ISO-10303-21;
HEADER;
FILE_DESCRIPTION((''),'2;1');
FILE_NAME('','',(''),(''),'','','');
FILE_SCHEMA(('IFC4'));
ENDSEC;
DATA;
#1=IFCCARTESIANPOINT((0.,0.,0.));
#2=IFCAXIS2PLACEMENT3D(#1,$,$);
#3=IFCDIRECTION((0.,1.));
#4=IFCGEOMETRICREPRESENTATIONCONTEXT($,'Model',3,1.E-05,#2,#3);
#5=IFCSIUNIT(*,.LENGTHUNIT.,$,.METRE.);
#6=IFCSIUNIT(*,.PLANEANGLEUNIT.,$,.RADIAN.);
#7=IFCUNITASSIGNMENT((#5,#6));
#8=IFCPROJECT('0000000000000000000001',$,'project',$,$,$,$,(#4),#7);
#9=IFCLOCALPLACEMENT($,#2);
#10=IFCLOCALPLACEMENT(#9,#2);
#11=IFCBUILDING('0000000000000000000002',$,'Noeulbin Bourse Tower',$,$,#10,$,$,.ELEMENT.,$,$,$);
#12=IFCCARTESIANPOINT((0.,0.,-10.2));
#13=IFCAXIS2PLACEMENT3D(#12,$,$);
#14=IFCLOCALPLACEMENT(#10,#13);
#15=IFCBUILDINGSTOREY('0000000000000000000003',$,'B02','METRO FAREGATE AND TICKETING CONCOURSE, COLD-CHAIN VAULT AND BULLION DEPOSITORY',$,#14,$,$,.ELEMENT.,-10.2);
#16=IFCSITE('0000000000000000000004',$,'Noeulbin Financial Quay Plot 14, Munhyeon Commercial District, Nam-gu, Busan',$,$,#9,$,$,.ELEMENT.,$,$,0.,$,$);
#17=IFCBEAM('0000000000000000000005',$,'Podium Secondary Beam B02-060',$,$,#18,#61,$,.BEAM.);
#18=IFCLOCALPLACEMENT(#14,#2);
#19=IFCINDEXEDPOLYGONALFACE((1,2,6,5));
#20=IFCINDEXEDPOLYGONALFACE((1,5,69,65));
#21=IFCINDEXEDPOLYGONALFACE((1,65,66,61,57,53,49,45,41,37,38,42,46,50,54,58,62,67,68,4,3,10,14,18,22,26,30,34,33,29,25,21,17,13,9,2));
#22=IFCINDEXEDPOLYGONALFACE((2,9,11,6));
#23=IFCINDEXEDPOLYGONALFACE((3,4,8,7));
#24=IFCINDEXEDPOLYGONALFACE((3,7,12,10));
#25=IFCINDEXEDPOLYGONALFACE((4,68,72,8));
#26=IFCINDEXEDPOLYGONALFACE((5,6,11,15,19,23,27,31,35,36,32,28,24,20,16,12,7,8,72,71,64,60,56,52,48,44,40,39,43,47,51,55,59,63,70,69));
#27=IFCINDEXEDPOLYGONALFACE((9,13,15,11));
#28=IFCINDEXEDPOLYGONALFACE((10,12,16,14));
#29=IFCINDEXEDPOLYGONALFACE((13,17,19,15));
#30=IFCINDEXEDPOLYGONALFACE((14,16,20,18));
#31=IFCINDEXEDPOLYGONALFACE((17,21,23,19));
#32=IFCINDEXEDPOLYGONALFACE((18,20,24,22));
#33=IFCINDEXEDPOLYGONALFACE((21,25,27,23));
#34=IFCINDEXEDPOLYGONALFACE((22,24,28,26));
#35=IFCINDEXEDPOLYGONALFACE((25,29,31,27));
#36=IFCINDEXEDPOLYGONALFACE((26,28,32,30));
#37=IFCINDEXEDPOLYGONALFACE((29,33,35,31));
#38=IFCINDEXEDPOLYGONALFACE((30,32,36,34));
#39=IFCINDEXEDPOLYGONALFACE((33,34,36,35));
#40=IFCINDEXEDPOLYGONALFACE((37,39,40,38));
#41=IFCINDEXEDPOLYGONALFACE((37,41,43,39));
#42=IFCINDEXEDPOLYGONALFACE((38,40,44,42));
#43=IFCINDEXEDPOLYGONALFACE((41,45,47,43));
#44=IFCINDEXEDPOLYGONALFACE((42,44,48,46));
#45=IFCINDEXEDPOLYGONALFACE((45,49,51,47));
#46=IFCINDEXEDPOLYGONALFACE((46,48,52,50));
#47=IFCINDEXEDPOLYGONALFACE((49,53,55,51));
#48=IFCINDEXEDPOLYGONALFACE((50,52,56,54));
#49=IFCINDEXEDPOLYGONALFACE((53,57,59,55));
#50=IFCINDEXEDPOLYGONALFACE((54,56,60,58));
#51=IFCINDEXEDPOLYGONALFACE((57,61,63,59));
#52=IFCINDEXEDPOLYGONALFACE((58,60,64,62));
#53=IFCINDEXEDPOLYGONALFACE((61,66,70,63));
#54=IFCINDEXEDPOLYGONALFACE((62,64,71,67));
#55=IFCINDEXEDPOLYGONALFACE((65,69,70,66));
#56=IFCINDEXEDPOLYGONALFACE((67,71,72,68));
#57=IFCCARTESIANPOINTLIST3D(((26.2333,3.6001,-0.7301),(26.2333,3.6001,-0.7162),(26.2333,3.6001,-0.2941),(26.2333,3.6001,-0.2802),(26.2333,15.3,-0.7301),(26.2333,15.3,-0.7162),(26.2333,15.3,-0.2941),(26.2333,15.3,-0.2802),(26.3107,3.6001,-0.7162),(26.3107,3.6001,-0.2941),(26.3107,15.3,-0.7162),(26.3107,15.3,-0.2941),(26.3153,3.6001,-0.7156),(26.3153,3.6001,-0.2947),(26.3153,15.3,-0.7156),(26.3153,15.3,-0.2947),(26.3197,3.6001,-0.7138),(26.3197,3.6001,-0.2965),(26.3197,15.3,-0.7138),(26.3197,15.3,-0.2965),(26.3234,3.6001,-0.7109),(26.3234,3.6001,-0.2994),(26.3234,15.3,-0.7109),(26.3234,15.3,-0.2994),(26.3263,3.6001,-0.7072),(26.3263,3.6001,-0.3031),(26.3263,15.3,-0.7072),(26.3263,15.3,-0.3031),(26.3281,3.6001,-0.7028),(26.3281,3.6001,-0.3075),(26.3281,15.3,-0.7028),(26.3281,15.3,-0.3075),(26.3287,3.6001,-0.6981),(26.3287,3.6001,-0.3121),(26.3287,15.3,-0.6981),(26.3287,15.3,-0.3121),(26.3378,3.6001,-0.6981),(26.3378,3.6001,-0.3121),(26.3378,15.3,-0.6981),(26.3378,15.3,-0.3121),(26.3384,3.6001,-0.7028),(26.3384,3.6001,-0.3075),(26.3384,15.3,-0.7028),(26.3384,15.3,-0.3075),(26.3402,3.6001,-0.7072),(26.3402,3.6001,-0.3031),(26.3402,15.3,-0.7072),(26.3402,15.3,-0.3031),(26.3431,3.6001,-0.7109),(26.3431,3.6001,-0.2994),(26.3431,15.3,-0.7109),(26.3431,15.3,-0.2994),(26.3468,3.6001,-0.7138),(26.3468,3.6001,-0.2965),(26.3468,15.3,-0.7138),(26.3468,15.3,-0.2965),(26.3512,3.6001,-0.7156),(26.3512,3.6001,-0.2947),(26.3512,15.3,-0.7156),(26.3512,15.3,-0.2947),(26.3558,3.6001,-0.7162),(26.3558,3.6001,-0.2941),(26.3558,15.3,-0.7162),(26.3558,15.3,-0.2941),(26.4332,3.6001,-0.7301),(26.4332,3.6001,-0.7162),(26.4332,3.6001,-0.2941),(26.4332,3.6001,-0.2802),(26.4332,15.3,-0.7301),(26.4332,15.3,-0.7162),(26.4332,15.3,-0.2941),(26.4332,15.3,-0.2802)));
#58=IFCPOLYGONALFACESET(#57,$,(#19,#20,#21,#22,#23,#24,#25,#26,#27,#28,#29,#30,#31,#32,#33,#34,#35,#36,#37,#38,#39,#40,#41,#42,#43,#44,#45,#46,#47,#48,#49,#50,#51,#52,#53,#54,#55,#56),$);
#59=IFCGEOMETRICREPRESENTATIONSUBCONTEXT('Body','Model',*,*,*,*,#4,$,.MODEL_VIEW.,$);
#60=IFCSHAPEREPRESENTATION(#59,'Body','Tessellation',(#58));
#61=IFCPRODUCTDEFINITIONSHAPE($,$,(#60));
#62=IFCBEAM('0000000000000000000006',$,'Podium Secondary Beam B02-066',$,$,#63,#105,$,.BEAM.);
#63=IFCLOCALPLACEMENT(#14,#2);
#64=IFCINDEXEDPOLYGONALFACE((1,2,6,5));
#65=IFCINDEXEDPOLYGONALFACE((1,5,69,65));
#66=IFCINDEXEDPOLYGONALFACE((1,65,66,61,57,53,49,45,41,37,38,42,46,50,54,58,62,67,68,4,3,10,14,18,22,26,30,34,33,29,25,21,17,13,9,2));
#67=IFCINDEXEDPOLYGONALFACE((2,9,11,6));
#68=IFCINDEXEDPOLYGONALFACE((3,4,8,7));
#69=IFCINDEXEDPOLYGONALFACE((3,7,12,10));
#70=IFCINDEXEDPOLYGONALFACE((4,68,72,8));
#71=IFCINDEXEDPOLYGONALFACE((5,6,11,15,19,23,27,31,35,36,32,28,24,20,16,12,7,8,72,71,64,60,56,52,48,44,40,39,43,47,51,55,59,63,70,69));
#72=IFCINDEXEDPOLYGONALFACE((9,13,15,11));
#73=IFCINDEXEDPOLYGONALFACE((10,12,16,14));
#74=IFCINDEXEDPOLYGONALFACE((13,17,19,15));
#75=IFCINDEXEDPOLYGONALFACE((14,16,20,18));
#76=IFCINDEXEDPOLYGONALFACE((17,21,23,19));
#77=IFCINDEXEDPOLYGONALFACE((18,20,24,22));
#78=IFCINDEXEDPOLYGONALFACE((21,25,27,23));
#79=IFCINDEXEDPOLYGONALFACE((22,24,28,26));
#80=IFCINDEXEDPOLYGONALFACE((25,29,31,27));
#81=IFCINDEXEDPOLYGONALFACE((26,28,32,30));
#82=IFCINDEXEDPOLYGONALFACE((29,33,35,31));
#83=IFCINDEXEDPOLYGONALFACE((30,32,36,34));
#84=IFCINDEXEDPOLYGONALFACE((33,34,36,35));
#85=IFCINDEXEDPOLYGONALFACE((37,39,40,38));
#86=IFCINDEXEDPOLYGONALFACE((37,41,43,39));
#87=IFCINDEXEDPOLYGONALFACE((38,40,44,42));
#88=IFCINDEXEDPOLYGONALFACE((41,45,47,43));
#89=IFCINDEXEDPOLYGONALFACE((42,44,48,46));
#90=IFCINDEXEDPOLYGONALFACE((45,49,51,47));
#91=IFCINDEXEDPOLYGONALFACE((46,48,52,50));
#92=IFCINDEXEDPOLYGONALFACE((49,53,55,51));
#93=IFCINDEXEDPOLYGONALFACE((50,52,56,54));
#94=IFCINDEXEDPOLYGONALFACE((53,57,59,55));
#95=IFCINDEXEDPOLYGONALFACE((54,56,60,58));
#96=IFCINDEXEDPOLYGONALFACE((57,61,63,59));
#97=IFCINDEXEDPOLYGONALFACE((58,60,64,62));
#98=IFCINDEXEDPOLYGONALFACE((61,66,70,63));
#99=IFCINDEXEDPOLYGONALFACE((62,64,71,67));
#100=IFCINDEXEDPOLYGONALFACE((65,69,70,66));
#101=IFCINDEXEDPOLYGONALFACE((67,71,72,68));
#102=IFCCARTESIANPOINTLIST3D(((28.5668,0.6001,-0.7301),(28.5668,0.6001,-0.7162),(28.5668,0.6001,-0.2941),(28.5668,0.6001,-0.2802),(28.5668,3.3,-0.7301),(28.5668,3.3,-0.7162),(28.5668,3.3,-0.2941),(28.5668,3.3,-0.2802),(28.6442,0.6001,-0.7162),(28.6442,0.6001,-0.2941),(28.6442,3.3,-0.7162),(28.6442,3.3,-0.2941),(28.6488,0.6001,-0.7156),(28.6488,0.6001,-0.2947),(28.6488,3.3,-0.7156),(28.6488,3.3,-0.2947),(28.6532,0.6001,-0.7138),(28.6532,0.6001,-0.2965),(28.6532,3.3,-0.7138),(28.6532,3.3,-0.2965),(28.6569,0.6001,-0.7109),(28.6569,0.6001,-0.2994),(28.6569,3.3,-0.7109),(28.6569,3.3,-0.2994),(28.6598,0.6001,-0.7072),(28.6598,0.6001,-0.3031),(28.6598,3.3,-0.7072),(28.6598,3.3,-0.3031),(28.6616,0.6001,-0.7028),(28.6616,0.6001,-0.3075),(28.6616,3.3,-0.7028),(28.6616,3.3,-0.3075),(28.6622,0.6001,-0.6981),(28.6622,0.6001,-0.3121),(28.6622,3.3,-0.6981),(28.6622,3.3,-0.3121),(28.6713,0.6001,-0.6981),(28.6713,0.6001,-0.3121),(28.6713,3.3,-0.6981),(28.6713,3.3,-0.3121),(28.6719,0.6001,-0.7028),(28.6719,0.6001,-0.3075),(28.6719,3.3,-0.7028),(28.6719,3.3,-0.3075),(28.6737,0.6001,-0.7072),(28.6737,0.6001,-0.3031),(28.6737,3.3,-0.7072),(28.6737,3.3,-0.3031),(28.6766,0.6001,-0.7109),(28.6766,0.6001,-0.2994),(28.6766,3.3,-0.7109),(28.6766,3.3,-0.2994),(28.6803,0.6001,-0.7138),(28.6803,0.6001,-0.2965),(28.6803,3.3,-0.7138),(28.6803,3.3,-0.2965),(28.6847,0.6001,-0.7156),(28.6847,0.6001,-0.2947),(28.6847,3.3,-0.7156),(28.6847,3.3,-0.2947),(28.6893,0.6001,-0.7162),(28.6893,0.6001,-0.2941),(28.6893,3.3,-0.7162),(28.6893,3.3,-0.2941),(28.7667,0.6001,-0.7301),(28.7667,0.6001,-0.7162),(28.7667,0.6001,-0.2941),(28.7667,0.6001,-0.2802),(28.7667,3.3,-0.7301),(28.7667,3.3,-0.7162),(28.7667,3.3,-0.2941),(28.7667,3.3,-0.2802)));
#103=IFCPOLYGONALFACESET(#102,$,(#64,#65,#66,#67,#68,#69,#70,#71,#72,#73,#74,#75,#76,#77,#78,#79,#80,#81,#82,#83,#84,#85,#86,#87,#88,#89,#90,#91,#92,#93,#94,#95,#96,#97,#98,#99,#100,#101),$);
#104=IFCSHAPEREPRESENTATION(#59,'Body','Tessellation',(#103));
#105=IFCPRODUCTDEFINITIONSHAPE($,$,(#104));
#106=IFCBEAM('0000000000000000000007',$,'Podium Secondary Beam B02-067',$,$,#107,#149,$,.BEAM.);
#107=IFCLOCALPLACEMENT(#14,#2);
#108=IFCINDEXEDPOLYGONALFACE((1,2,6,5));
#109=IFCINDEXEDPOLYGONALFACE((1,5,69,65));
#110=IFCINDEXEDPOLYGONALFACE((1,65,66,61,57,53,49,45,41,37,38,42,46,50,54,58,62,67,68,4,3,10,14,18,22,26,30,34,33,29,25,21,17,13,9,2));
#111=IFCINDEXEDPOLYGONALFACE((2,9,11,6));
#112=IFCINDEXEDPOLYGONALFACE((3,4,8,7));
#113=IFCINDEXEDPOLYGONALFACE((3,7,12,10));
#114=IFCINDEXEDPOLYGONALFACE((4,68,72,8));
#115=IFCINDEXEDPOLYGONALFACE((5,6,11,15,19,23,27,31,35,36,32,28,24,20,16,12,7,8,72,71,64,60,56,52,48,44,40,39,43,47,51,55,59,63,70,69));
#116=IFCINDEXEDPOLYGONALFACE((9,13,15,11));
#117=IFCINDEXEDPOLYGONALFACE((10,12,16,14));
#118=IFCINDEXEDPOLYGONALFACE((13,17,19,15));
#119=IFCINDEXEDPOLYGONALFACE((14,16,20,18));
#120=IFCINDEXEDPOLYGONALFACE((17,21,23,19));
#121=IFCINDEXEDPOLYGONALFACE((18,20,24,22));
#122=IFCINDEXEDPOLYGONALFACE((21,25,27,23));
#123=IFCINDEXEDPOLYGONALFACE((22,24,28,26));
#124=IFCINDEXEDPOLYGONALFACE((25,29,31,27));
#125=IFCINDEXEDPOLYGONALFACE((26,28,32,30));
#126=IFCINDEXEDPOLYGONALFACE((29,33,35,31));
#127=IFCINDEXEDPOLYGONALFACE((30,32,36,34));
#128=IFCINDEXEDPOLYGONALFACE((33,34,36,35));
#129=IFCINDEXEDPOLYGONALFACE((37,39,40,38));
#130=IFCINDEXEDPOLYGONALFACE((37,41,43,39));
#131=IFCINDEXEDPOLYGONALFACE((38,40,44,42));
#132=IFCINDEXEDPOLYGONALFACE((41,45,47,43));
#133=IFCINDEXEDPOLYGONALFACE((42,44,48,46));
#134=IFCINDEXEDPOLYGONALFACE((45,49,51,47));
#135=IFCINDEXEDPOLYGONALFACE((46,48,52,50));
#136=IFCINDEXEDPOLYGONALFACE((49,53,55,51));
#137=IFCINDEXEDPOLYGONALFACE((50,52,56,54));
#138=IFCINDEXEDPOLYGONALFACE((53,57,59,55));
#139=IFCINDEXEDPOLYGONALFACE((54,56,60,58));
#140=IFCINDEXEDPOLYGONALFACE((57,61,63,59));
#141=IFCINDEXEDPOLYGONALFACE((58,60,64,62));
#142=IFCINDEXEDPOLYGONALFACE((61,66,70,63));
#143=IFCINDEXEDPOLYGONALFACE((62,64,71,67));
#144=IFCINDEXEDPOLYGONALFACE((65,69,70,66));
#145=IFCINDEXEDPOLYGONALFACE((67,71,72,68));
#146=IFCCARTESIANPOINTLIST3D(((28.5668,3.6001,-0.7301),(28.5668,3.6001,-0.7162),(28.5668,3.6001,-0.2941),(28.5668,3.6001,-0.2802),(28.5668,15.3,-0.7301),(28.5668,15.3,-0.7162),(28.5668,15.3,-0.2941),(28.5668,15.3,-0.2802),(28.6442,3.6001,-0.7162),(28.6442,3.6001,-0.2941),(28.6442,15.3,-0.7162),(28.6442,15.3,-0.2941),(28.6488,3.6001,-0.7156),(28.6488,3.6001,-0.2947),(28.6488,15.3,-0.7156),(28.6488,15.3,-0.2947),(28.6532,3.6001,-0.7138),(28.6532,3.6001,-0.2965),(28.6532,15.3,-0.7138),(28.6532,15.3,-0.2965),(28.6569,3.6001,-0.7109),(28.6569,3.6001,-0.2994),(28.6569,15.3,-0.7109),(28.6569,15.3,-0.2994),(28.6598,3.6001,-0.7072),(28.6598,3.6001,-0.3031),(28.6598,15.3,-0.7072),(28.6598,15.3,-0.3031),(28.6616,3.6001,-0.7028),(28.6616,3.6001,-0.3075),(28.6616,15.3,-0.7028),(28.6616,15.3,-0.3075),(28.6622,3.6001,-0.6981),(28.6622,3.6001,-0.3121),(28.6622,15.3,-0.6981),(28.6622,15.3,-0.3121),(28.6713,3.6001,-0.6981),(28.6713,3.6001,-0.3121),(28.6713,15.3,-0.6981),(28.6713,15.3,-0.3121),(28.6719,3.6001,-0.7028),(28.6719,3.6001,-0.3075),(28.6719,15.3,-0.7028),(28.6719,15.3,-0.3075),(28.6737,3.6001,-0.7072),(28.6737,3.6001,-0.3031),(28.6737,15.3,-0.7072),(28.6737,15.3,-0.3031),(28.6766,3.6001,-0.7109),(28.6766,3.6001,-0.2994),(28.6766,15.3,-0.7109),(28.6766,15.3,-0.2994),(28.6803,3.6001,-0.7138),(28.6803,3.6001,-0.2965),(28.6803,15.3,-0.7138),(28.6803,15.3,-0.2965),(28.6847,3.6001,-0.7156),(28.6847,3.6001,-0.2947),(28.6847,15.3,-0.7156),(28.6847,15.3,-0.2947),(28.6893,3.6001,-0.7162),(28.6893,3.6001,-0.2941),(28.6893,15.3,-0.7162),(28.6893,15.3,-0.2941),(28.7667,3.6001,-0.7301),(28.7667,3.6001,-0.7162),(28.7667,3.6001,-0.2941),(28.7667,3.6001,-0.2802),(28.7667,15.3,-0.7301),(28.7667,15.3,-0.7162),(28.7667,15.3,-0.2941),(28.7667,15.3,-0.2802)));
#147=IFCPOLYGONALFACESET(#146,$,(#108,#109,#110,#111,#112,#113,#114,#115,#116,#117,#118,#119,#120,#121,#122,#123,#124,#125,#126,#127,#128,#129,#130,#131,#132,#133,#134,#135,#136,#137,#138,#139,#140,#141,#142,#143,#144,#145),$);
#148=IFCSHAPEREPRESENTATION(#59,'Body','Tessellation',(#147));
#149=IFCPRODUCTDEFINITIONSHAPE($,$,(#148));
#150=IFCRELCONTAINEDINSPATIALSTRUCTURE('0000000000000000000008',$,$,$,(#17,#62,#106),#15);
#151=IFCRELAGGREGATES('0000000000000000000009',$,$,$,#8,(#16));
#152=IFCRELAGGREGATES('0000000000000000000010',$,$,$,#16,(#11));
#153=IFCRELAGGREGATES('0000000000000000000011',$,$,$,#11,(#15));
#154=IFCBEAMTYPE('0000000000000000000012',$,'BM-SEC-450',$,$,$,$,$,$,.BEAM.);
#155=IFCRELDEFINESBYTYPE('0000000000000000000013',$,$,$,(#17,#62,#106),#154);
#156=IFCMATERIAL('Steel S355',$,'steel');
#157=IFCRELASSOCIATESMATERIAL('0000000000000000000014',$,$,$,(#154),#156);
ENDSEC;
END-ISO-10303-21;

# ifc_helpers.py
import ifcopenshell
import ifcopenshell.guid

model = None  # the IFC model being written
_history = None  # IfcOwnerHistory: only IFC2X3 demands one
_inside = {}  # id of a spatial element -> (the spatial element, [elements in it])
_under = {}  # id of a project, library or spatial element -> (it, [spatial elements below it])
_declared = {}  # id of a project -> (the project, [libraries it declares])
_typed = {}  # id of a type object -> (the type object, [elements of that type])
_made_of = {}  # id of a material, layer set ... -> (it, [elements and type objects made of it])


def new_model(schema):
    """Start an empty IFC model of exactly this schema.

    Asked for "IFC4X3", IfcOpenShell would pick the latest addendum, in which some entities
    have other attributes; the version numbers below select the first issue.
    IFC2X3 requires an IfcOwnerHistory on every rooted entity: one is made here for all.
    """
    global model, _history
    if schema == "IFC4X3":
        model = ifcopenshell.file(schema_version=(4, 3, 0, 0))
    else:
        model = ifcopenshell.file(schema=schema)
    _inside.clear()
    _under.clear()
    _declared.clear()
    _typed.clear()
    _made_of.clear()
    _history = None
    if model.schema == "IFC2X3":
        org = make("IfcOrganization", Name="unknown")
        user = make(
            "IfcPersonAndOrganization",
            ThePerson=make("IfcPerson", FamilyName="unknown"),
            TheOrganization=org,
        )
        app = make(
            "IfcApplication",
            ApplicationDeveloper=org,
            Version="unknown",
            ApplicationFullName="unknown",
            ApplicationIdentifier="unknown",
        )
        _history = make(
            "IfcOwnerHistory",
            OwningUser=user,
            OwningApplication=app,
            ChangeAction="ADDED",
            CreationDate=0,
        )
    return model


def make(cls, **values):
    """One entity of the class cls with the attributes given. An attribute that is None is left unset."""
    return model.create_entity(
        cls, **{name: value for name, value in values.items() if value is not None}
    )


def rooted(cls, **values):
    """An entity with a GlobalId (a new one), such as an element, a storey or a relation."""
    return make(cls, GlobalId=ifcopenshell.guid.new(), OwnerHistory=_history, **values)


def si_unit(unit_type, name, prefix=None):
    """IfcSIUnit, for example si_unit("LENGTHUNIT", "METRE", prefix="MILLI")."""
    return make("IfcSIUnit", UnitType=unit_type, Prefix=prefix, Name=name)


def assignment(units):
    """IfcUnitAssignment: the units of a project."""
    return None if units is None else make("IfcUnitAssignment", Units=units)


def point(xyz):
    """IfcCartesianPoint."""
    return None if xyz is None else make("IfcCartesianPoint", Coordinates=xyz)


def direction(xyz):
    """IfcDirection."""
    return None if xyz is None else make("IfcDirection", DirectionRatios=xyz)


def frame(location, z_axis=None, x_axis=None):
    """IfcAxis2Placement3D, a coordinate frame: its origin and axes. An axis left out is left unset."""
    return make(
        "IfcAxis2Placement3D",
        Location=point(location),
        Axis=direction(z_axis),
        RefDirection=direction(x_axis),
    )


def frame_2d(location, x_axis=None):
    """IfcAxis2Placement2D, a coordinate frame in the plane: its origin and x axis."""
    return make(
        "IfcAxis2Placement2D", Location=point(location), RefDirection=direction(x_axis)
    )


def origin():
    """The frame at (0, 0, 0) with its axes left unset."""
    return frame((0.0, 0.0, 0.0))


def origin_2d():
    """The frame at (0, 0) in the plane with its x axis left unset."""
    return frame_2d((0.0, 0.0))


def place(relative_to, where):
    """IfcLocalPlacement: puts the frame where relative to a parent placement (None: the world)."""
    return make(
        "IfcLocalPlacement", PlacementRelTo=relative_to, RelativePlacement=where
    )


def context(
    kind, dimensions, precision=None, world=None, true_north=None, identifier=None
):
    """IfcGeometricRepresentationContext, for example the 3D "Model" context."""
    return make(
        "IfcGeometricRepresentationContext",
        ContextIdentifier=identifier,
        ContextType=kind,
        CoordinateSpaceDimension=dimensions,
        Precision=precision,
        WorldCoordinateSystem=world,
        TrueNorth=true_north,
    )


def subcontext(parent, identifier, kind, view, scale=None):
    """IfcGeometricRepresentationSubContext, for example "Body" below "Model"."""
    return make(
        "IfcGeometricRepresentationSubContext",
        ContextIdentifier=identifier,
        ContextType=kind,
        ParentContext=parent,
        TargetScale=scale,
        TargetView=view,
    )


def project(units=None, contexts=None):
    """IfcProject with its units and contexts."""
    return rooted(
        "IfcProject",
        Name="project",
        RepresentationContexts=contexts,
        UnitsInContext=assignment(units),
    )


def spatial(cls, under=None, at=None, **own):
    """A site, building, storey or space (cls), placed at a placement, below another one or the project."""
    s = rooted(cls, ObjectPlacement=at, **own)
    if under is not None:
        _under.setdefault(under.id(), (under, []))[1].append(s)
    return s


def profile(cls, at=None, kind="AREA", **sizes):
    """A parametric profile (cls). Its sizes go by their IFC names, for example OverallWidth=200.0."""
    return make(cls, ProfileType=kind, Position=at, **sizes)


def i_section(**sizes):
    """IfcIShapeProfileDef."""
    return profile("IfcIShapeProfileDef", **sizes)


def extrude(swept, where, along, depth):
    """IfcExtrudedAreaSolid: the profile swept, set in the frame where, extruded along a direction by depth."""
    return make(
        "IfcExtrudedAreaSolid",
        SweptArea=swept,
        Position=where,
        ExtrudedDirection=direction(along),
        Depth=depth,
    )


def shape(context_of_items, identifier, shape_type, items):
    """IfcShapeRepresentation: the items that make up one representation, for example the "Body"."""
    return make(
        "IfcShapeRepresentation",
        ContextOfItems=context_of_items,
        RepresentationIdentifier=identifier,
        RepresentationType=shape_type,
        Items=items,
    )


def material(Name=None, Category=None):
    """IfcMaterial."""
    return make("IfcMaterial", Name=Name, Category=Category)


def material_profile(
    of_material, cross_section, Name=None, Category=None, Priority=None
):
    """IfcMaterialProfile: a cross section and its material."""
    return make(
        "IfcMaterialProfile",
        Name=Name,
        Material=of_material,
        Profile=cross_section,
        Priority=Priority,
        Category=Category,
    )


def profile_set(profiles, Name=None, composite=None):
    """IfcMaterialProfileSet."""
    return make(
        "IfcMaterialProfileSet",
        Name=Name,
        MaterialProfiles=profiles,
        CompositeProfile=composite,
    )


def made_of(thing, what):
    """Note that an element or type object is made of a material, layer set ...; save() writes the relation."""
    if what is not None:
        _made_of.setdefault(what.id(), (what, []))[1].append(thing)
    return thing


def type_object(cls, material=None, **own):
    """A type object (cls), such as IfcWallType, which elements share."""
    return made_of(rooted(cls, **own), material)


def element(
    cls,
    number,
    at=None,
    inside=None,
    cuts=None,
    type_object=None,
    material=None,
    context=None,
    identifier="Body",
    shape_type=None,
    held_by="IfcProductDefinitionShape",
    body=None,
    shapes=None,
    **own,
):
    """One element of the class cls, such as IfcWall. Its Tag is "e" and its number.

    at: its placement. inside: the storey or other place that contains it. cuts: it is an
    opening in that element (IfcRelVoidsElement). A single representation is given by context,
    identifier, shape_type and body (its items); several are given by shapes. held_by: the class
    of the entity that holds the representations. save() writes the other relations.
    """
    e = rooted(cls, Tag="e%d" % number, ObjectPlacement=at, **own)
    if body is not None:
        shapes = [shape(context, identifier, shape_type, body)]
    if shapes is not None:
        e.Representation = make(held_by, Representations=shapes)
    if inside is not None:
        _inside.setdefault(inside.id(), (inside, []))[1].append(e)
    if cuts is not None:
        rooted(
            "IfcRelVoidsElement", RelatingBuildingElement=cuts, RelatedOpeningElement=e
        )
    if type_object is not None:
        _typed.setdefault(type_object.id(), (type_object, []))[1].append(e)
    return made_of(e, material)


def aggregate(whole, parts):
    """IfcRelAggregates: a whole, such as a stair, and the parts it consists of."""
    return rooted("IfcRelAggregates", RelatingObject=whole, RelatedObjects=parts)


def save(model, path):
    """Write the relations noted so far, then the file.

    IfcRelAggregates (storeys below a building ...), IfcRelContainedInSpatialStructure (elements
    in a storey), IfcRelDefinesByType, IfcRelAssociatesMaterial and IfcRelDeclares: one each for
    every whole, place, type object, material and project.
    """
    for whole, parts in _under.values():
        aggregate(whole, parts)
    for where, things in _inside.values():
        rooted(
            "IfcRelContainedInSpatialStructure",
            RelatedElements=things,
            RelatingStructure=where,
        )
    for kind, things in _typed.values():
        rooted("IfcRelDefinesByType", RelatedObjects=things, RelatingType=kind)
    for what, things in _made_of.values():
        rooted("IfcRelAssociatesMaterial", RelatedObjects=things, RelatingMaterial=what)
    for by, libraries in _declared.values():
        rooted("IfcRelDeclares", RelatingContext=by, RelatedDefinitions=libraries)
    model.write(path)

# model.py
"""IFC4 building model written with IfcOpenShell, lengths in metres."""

from ifc_helpers import new_model, si_unit, direction, frame, origin, origin_2d, place, context, subcontext, project, spatial, i_section, extrude, material, material_profile, profile_set, type_object, element, save


model = new_model("IFC4")

# Units and contexts
model_context = context("Model", 3, precision=1e-05, world=origin(), true_north=direction((0.0, 1.0)))
body_context = subcontext(model_context, "Body", "Model", "MODEL_VIEW")
ifc_project = project(units=[si_unit("LENGTHUNIT", "METRE"), si_unit("PLANEANGLEUNIT", "RADIAN")], contexts=[model_context])

# Site, building, storey
site_placement = place(None, origin())
site = spatial("IfcSite", under=ifc_project, at=site_placement, Name="Noeulbin Financial Quay Plot 14, Munhyeon Commercial District, Nam-gu, Busan", CompositionType="ELEMENT", RefElevation=0.0)
building_placement = place(site_placement, origin())
building = spatial("IfcBuilding", under=site, at=building_placement, Name="Noeulbin Bourse Tower", CompositionType="ELEMENT")
storey_placement = place(building_placement, frame((0.0, 0.0, -10.2)))
storey = spatial("IfcBuildingStorey", under=building, at=storey_placement, Name="B02", Description="METRO FAREGATE AND TICKETING CONCOURSE, COLD-CHAIN VAULT AND BULLION DEPOSITORY", CompositionType="ELEMENT", Elevation=-10.2)

# Beams
ifc_material_1 = material(Name="Steel S355", Category="steel")
ifc_material_profile_1 = material_profile(ifc_material_1, i_section(OverallWidth=0.2, OverallDepth=0.45, WebThickness=0.009, FlangeThickness=0.0139, FilletRadius=0.0181, at=origin_2d()), Name="H-450x200x9x14", Category="LoadBearing")
ifc_profile_set_1 = profile_set([ifc_material_profile_1], Name="Steel S355")
beam_type_1 = type_object("IfcBeamType", Name="BM-SEC-450", PredefinedType="BEAM", material=ifc_profile_set_1)
beam_1_placement = place(storey_placement, frame((26.3333, 3.6001, -0.5051), z_axis=(0.0, 1.0, 0.0), x_axis=(-1.0, 0.0, 0.0)))
element("IfcBeam", 1, at=beam_1_placement, inside=storey, type_object=beam_type_1, Name="Podium Secondary Beam B02-060", PredefinedType="BEAM", context=body_context, shape_type="SweptSolid", body=[
    extrude(i_section(OverallWidth=0.2, OverallDepth=0.45, WebThickness=0.009, FlangeThickness=0.0139, FilletRadius=0.0181, at=origin_2d()), origin(), (0.0, 0.0, 1.0), 11.7),
])
beam_2_placement = place(storey_placement, frame((28.6667, 0.6001, -0.5051), z_axis=(0.0, 1.0, 0.0), x_axis=(-1.0, 0.0, 0.0)))
element("IfcBeam", 2, at=beam_2_placement, inside=storey, type_object=beam_type_1, Name="Podium Secondary Beam B02-066", PredefinedType="BEAM", context=body_context, shape_type="SweptSolid", body=[
    extrude(i_section(OverallWidth=0.2, OverallDepth=0.45, WebThickness=0.009, FlangeThickness=0.0139, FilletRadius=0.0181, at=origin_2d()), origin(), (0.0, 0.0, 1.0), 2.7),
])
beam_3_placement = place(storey_placement, frame((28.6667, 3.6001, -0.5051), z_axis=(0.0, 1.0, 0.0), x_axis=(-1.0, 0.0, 0.0)))
element("IfcBeam", 3, at=beam_3_placement, inside=storey, type_object=beam_type_1, Name="Podium Secondary Beam B02-067", PredefinedType="BEAM", context=body_context, shape_type="SweptSolid", body=[
    extrude(i_section(OverallWidth=0.2, OverallDepth=0.45, WebThickness=0.009, FlangeThickness=0.0139, FilletRadius=0.0181, at=origin_2d()), origin(), (0.0, 0.0, 1.0), 11.7),
])

save(model, "model.ifc")
